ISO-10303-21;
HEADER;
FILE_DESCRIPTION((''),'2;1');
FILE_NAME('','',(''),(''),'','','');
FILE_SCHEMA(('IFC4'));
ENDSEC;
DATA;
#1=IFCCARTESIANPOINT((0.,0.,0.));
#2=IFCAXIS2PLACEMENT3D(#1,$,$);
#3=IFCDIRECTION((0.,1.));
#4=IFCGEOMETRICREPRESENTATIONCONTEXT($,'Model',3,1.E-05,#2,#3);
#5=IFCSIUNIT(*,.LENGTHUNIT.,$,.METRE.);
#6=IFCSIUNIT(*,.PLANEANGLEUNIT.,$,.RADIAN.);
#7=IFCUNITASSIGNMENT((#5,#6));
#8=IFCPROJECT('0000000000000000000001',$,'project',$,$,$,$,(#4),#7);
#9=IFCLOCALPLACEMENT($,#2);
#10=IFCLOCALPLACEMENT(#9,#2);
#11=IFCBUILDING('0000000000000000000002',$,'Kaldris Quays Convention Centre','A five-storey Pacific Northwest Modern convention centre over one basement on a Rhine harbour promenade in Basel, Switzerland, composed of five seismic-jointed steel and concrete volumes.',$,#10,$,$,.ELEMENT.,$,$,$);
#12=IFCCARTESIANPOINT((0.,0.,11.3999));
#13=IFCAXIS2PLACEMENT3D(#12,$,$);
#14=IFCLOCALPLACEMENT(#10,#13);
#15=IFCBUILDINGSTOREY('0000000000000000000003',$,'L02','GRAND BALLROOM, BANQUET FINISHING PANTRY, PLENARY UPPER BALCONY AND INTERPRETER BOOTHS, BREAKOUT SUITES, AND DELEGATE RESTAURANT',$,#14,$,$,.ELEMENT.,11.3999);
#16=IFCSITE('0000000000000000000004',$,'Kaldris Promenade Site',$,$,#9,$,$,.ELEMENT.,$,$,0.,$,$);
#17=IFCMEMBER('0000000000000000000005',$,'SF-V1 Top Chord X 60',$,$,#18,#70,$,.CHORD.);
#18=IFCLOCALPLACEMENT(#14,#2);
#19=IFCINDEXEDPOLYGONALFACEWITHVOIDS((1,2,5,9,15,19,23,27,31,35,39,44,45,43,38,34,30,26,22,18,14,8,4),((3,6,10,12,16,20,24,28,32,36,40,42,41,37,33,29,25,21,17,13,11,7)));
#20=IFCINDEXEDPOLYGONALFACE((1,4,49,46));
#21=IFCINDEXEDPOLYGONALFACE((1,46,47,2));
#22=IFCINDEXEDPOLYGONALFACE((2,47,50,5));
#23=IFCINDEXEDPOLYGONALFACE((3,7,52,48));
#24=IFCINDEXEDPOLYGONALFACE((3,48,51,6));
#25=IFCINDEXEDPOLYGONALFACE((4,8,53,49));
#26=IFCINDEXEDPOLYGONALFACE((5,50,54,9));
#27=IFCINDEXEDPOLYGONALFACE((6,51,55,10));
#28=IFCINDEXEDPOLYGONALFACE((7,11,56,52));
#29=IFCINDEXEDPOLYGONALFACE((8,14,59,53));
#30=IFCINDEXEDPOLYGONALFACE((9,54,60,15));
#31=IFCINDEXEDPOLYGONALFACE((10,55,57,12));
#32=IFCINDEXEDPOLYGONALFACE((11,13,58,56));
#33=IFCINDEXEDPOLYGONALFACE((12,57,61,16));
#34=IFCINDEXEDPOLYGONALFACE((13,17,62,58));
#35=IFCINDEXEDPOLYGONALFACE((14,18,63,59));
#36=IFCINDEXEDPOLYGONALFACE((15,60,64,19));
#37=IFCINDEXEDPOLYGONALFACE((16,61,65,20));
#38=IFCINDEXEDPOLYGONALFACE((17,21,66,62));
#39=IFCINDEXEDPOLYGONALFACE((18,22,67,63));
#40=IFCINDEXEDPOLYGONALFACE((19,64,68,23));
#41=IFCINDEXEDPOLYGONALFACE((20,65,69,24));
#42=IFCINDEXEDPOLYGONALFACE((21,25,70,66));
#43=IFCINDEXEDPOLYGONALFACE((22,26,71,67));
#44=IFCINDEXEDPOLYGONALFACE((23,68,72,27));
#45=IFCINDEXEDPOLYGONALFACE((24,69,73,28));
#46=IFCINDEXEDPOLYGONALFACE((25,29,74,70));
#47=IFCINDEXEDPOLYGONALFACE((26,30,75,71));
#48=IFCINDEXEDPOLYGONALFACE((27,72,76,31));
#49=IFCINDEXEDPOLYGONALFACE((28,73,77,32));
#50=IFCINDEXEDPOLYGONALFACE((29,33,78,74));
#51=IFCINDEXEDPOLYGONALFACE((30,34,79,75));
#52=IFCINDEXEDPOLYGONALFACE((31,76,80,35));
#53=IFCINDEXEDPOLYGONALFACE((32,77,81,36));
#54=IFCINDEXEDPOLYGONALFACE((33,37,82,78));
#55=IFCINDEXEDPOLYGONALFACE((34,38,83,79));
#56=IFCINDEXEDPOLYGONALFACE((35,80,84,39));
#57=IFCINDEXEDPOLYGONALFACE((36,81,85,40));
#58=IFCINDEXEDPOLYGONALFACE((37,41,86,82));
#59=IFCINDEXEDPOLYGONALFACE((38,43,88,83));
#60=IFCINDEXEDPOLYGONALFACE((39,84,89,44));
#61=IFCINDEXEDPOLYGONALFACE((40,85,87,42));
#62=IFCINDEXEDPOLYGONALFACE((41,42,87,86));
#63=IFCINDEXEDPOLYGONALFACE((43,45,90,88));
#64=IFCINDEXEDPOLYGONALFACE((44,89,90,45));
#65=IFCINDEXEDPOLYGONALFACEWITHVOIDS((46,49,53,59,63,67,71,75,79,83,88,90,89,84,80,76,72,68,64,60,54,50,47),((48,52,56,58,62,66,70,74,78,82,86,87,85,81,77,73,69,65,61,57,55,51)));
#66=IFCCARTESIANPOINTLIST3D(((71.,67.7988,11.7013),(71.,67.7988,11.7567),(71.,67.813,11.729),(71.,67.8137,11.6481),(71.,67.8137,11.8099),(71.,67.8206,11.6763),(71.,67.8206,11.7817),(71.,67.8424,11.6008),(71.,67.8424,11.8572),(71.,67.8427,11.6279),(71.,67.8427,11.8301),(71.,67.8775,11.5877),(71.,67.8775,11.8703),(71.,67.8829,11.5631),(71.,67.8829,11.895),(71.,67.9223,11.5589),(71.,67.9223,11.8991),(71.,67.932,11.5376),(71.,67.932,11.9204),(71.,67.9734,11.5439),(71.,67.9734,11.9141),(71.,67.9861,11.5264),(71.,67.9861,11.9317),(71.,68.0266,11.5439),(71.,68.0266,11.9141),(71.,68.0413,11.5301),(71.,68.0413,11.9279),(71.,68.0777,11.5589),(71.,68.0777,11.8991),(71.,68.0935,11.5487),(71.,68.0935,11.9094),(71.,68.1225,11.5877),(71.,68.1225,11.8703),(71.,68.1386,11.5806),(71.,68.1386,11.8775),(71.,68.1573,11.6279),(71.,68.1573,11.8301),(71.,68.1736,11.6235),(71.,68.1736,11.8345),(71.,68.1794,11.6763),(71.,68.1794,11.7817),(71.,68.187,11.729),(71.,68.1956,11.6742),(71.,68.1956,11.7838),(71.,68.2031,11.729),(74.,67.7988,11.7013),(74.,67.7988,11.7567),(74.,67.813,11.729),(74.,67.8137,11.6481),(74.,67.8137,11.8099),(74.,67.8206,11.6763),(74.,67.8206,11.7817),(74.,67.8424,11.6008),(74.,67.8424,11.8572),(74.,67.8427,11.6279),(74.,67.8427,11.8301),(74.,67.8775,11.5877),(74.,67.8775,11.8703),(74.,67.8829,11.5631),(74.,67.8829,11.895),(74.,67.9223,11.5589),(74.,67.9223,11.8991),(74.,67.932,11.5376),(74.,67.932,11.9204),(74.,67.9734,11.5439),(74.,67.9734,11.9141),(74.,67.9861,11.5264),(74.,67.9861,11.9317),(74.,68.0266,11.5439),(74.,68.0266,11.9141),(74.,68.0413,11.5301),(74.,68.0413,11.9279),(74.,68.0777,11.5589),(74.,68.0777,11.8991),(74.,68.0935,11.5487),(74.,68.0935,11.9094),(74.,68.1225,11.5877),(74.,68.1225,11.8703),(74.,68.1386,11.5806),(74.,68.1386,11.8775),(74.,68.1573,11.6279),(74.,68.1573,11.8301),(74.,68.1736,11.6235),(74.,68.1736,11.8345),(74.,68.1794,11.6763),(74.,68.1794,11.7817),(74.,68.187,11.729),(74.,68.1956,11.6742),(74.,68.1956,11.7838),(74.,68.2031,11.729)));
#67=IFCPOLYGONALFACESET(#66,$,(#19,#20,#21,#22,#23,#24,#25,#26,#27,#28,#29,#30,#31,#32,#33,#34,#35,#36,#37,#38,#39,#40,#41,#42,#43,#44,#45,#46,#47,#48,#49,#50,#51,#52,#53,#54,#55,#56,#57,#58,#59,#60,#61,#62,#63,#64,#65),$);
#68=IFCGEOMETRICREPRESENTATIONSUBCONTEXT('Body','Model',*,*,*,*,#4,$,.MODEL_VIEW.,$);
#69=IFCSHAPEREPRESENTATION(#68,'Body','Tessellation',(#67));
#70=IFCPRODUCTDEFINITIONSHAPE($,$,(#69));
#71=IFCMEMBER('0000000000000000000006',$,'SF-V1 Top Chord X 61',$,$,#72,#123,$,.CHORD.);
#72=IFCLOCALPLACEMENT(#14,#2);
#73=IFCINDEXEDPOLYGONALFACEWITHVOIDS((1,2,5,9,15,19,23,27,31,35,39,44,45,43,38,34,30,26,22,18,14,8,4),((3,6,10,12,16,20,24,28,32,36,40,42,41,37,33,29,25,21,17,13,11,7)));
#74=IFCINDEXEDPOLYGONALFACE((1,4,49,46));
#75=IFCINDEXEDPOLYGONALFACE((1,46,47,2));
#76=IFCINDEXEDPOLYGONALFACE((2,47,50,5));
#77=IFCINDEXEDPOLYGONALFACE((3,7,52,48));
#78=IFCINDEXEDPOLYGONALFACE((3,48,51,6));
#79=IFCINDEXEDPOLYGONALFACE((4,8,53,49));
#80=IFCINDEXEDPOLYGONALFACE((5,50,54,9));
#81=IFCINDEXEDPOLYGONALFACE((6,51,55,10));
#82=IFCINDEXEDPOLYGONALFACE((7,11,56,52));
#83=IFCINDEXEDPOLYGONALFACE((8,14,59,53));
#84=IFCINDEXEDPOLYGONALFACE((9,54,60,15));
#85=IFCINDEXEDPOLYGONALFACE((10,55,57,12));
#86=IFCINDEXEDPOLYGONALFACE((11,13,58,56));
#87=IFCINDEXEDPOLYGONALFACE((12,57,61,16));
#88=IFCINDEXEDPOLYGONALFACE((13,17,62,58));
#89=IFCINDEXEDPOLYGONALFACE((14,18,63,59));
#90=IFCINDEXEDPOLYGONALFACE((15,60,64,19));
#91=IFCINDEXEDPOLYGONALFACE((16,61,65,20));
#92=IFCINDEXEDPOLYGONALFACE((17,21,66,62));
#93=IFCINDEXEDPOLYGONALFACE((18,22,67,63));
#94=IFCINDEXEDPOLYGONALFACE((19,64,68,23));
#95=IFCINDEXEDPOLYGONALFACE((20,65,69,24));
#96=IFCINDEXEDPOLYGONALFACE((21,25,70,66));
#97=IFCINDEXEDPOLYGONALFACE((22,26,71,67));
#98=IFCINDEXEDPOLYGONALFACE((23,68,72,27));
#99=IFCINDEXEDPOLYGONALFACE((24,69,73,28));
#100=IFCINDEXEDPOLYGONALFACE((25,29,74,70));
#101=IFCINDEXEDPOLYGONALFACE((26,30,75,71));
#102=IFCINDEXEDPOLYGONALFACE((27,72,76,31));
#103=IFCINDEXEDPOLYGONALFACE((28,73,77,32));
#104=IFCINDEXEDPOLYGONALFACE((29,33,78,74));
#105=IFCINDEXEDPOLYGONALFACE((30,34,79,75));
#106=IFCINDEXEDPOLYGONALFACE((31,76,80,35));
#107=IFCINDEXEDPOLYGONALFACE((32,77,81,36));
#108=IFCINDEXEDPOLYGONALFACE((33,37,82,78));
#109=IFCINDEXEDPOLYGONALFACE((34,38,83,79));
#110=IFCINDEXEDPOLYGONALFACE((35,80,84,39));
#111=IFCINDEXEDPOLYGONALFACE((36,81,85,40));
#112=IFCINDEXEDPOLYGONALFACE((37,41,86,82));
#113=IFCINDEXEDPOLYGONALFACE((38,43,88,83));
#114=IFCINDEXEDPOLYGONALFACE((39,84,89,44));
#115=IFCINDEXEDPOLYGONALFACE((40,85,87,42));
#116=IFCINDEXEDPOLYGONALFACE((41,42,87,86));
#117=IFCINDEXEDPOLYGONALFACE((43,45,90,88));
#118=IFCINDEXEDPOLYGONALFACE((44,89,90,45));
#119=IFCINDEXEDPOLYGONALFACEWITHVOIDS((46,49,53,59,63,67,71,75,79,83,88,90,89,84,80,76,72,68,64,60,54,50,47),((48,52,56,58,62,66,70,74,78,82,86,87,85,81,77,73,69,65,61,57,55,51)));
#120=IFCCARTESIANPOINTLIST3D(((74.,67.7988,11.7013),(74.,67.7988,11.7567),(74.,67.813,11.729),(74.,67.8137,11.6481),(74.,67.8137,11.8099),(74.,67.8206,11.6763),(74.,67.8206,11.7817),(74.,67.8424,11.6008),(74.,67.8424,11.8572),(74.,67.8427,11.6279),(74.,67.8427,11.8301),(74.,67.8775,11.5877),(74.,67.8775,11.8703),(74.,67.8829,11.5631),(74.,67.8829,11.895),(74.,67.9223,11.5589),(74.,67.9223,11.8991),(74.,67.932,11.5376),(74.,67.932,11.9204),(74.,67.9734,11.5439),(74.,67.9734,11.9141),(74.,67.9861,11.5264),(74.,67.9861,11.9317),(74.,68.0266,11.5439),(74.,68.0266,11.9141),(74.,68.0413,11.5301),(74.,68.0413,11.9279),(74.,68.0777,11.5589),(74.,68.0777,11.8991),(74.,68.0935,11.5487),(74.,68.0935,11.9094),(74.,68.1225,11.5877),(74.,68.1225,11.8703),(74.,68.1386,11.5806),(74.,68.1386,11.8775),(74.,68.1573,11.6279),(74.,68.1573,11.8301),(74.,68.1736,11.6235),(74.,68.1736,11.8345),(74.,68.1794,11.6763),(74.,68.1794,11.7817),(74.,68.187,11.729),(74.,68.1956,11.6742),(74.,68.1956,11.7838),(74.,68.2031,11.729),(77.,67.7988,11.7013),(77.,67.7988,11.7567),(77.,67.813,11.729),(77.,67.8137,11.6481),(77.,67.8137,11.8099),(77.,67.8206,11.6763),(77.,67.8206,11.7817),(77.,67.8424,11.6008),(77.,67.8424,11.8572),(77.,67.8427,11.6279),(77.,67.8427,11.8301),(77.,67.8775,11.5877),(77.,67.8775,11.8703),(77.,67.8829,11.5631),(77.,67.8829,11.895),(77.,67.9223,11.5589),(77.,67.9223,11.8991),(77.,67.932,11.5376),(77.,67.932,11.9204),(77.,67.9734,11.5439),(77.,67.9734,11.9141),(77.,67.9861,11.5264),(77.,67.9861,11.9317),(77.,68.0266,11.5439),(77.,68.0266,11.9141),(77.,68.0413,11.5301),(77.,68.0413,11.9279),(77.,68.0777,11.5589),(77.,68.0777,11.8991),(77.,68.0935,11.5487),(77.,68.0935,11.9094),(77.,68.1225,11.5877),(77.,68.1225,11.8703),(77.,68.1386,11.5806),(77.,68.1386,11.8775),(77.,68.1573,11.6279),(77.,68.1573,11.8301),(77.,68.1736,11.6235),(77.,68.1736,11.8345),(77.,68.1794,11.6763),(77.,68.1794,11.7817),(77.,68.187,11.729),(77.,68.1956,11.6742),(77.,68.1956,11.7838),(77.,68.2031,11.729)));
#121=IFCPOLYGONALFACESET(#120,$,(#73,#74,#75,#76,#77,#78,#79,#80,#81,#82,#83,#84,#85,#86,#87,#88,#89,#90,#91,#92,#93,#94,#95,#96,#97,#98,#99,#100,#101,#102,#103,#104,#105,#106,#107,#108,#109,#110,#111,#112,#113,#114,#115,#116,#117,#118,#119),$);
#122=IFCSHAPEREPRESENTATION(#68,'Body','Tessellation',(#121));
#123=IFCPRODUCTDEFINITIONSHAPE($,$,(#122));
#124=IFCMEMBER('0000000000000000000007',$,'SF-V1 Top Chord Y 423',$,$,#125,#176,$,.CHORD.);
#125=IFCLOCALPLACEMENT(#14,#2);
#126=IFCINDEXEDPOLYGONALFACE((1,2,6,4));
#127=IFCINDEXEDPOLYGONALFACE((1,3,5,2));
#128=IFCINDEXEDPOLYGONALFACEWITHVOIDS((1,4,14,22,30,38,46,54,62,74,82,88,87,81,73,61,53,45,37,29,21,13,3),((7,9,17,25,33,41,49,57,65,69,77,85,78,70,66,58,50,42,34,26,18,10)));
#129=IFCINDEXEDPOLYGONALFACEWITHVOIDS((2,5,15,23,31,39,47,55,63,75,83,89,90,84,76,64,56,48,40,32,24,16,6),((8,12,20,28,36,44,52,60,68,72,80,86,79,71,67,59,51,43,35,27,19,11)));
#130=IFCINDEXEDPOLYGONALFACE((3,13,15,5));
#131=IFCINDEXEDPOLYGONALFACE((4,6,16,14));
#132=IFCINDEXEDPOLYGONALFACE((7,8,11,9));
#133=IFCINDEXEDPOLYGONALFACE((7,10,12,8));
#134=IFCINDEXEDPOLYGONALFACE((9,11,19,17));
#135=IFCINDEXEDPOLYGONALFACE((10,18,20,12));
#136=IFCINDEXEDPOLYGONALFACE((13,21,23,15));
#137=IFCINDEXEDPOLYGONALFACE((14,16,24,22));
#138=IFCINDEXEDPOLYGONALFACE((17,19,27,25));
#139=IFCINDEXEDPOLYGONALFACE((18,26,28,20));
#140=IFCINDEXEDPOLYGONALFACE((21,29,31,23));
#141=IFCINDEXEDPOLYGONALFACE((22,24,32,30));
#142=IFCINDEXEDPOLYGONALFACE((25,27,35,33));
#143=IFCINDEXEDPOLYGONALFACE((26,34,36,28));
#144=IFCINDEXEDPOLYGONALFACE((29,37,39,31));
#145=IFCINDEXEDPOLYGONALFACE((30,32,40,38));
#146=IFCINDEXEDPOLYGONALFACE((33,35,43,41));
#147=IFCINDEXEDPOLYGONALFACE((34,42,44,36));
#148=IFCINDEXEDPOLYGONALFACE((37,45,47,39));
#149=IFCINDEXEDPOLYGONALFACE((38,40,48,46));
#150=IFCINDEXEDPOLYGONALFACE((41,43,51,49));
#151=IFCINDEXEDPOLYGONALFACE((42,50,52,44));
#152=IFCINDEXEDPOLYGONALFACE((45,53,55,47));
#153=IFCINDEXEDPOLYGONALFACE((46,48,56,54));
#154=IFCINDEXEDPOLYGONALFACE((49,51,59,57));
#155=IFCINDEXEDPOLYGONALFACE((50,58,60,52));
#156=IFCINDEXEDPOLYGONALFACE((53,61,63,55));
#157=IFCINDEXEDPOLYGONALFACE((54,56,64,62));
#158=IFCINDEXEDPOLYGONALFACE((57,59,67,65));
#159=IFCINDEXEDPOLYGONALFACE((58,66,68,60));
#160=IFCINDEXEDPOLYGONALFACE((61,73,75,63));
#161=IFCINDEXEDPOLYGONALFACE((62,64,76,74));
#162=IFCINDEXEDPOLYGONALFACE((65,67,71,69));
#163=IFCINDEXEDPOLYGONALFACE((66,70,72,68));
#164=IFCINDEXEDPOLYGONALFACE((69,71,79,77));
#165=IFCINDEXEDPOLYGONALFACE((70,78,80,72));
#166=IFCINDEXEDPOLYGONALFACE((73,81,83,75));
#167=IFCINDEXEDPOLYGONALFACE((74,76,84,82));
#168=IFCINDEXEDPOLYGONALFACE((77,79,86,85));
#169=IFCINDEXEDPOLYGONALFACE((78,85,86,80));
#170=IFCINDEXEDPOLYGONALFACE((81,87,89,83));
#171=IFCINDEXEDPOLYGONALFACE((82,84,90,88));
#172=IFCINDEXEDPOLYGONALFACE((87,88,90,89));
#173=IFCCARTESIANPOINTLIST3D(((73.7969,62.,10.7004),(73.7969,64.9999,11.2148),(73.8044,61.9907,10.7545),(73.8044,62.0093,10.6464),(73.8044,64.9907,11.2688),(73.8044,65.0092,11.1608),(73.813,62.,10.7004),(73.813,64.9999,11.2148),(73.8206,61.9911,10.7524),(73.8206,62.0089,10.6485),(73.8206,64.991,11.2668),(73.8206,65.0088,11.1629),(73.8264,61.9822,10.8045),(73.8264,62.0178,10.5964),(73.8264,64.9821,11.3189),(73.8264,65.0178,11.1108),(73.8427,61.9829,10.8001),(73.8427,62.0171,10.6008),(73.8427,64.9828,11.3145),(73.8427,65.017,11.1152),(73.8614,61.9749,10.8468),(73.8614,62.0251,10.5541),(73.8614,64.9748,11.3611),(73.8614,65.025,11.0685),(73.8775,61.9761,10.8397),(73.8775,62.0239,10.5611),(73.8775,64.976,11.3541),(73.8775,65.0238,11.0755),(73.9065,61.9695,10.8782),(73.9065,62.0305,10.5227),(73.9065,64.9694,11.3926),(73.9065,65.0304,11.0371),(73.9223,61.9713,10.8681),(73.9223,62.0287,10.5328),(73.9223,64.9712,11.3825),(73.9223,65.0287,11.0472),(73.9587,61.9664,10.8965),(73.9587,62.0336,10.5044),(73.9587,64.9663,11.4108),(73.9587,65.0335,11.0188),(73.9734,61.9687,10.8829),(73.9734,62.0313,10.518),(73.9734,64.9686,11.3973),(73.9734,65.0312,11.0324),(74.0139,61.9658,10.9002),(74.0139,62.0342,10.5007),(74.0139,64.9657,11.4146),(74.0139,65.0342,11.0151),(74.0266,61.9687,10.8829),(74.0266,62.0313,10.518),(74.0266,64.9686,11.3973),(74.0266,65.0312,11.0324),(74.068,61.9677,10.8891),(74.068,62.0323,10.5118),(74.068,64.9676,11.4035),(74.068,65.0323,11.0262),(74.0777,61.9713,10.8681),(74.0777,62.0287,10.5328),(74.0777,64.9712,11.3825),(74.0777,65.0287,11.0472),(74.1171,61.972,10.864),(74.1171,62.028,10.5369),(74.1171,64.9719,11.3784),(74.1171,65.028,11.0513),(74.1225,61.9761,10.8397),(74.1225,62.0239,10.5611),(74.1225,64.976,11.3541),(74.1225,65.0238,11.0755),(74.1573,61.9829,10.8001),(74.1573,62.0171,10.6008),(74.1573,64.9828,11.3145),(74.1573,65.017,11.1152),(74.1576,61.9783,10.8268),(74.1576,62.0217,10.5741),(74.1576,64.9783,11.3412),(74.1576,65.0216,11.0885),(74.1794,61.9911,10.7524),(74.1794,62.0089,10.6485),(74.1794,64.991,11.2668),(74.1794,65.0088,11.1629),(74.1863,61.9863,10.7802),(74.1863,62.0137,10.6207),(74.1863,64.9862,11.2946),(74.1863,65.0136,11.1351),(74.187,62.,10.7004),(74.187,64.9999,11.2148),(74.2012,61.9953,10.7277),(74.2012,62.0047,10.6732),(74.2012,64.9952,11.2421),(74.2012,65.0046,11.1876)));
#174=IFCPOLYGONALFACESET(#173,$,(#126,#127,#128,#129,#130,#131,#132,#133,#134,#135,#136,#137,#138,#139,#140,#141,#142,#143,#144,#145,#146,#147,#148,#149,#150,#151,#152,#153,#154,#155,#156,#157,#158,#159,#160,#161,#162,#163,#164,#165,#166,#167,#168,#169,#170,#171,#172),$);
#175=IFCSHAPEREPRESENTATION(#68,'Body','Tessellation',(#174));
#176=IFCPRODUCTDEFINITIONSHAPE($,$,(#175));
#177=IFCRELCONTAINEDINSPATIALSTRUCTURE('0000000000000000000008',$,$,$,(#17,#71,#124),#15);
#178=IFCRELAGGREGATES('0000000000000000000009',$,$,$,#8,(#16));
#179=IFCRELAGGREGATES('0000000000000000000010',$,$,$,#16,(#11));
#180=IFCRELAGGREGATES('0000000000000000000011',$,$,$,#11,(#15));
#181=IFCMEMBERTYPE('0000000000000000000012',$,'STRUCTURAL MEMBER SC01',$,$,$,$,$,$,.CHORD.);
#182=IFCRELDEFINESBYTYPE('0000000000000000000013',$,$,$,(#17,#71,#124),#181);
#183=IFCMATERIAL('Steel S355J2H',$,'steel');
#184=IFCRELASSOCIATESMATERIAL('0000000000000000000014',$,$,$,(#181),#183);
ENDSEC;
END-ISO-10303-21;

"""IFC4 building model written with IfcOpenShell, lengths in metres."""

from ifc_helpers import new_model, si_unit, direction, frame, origin, origin_2d, place, context, subcontext, project, spatial, hollow_circle, extrude, material, material_profile, profile_set, type_object, element, save


model = new_model("IFC4")

# Units and contexts
model_context = context("Model", 3, precision=1e-05, world=origin(), true_north=direction((0.0, 1.0)))
body_context = subcontext(model_context, "Body", "Model", "MODEL_VIEW")
ifc_project = project(units=[si_unit("LENGTHUNIT", "METRE"), si_unit("PLANEANGLEUNIT", "RADIAN")], contexts=[model_context])

# Site, building, storey
site_placement = place(None, origin())
site = spatial("IfcSite", under=ifc_project, at=site_placement, Name="Kaldris Promenade Site", CompositionType="ELEMENT", RefElevation=0.0)
building_placement = place(site_placement, origin())
building = spatial("IfcBuilding", under=site, at=building_placement, Name="Kaldris Quays Convention Centre", Description="A five-storey Pacific Northwest Modern convention centre over one basement on a Rhine harbour promenade in Basel, Switzerland, composed of five seismic-jointed steel and concrete volumes.", CompositionType="ELEMENT")
storey_placement = place(building_placement, frame((0.0, 0.0, 11.3999)))
storey = spatial("IfcBuildingStorey", under=building, at=storey_placement, Name="L02", Description="GRAND BALLROOM, BANQUET FINISHING PANTRY, PLENARY UPPER BALCONY AND INTERPRETER BOOTHS, BREAKOUT SUITES, AND DELEGATE RESTAURANT", CompositionType="ELEMENT", Elevation=11.3999)

# Members
ifc_material_1 = material(Name="Steel S355J2H", Category="steel")
ifc_material_profile_1 = material_profile(ifc_material_1, hollow_circle(Radius=0.2031, WallThickness=0.0161, at=origin_2d()), Name="CHS 406.4x16")
ifc_profile_set_1 = profile_set([ifc_material_profile_1], Name="Steel S355J2H")
member_type_1 = type_object("IfcMemberType", Name="STRUCTURAL MEMBER SC01", PredefinedType="CHORD", material=ifc_profile_set_1)
for number, where, z_axis, x_axis, name in (
    (1, (71.0, 68.0, 11.729), (1.0, 0.0, 0.0), (0.0, 1.0, 0.0), "SF-V1 Top Chord X 60"),
    (2, (74.0, 68.0, 11.729), (1.0, 0.0, 0.0), (0.0, 1.0, 0.0), "SF-V1 Top Chord X 61"),
):
    element("IfcMember", number, at=place(storey_placement, frame(where, z_axis=z_axis, x_axis=x_axis)), inside=storey, type_object=member_type_1, Name=name, PredefinedType="CHORD", context=body_context, shape_type="SweptSolid", body=[
        extrude(hollow_circle(Radius=0.2031, WallThickness=0.0161, at=origin_2d()), origin(), (0.0, 0.0, 1.0), 3.0),
    ])
for number, where, z_axis, x_axis, name in (
    (3, (74.0, 62.0, 10.7004), (0.0, 0.985616, 0.169002), (-1.0, 0.0, 0.0), "SF-V1 Top Chord Y 423"),
):
    element("IfcMember", number, at=place(storey_placement, frame(where, z_axis=z_axis, x_axis=x_axis)), inside=storey, type_object=member_type_1, Name=name, PredefinedType="CHORD", context=body_context, shape_type="SweptSolid", body=[
        extrude(hollow_circle(Radius=0.2031, WallThickness=0.0161, at=origin_2d()), origin(), (0.0, 0.0, 1.0), 3.0437),
    ])

save(model, "model.ifc")
